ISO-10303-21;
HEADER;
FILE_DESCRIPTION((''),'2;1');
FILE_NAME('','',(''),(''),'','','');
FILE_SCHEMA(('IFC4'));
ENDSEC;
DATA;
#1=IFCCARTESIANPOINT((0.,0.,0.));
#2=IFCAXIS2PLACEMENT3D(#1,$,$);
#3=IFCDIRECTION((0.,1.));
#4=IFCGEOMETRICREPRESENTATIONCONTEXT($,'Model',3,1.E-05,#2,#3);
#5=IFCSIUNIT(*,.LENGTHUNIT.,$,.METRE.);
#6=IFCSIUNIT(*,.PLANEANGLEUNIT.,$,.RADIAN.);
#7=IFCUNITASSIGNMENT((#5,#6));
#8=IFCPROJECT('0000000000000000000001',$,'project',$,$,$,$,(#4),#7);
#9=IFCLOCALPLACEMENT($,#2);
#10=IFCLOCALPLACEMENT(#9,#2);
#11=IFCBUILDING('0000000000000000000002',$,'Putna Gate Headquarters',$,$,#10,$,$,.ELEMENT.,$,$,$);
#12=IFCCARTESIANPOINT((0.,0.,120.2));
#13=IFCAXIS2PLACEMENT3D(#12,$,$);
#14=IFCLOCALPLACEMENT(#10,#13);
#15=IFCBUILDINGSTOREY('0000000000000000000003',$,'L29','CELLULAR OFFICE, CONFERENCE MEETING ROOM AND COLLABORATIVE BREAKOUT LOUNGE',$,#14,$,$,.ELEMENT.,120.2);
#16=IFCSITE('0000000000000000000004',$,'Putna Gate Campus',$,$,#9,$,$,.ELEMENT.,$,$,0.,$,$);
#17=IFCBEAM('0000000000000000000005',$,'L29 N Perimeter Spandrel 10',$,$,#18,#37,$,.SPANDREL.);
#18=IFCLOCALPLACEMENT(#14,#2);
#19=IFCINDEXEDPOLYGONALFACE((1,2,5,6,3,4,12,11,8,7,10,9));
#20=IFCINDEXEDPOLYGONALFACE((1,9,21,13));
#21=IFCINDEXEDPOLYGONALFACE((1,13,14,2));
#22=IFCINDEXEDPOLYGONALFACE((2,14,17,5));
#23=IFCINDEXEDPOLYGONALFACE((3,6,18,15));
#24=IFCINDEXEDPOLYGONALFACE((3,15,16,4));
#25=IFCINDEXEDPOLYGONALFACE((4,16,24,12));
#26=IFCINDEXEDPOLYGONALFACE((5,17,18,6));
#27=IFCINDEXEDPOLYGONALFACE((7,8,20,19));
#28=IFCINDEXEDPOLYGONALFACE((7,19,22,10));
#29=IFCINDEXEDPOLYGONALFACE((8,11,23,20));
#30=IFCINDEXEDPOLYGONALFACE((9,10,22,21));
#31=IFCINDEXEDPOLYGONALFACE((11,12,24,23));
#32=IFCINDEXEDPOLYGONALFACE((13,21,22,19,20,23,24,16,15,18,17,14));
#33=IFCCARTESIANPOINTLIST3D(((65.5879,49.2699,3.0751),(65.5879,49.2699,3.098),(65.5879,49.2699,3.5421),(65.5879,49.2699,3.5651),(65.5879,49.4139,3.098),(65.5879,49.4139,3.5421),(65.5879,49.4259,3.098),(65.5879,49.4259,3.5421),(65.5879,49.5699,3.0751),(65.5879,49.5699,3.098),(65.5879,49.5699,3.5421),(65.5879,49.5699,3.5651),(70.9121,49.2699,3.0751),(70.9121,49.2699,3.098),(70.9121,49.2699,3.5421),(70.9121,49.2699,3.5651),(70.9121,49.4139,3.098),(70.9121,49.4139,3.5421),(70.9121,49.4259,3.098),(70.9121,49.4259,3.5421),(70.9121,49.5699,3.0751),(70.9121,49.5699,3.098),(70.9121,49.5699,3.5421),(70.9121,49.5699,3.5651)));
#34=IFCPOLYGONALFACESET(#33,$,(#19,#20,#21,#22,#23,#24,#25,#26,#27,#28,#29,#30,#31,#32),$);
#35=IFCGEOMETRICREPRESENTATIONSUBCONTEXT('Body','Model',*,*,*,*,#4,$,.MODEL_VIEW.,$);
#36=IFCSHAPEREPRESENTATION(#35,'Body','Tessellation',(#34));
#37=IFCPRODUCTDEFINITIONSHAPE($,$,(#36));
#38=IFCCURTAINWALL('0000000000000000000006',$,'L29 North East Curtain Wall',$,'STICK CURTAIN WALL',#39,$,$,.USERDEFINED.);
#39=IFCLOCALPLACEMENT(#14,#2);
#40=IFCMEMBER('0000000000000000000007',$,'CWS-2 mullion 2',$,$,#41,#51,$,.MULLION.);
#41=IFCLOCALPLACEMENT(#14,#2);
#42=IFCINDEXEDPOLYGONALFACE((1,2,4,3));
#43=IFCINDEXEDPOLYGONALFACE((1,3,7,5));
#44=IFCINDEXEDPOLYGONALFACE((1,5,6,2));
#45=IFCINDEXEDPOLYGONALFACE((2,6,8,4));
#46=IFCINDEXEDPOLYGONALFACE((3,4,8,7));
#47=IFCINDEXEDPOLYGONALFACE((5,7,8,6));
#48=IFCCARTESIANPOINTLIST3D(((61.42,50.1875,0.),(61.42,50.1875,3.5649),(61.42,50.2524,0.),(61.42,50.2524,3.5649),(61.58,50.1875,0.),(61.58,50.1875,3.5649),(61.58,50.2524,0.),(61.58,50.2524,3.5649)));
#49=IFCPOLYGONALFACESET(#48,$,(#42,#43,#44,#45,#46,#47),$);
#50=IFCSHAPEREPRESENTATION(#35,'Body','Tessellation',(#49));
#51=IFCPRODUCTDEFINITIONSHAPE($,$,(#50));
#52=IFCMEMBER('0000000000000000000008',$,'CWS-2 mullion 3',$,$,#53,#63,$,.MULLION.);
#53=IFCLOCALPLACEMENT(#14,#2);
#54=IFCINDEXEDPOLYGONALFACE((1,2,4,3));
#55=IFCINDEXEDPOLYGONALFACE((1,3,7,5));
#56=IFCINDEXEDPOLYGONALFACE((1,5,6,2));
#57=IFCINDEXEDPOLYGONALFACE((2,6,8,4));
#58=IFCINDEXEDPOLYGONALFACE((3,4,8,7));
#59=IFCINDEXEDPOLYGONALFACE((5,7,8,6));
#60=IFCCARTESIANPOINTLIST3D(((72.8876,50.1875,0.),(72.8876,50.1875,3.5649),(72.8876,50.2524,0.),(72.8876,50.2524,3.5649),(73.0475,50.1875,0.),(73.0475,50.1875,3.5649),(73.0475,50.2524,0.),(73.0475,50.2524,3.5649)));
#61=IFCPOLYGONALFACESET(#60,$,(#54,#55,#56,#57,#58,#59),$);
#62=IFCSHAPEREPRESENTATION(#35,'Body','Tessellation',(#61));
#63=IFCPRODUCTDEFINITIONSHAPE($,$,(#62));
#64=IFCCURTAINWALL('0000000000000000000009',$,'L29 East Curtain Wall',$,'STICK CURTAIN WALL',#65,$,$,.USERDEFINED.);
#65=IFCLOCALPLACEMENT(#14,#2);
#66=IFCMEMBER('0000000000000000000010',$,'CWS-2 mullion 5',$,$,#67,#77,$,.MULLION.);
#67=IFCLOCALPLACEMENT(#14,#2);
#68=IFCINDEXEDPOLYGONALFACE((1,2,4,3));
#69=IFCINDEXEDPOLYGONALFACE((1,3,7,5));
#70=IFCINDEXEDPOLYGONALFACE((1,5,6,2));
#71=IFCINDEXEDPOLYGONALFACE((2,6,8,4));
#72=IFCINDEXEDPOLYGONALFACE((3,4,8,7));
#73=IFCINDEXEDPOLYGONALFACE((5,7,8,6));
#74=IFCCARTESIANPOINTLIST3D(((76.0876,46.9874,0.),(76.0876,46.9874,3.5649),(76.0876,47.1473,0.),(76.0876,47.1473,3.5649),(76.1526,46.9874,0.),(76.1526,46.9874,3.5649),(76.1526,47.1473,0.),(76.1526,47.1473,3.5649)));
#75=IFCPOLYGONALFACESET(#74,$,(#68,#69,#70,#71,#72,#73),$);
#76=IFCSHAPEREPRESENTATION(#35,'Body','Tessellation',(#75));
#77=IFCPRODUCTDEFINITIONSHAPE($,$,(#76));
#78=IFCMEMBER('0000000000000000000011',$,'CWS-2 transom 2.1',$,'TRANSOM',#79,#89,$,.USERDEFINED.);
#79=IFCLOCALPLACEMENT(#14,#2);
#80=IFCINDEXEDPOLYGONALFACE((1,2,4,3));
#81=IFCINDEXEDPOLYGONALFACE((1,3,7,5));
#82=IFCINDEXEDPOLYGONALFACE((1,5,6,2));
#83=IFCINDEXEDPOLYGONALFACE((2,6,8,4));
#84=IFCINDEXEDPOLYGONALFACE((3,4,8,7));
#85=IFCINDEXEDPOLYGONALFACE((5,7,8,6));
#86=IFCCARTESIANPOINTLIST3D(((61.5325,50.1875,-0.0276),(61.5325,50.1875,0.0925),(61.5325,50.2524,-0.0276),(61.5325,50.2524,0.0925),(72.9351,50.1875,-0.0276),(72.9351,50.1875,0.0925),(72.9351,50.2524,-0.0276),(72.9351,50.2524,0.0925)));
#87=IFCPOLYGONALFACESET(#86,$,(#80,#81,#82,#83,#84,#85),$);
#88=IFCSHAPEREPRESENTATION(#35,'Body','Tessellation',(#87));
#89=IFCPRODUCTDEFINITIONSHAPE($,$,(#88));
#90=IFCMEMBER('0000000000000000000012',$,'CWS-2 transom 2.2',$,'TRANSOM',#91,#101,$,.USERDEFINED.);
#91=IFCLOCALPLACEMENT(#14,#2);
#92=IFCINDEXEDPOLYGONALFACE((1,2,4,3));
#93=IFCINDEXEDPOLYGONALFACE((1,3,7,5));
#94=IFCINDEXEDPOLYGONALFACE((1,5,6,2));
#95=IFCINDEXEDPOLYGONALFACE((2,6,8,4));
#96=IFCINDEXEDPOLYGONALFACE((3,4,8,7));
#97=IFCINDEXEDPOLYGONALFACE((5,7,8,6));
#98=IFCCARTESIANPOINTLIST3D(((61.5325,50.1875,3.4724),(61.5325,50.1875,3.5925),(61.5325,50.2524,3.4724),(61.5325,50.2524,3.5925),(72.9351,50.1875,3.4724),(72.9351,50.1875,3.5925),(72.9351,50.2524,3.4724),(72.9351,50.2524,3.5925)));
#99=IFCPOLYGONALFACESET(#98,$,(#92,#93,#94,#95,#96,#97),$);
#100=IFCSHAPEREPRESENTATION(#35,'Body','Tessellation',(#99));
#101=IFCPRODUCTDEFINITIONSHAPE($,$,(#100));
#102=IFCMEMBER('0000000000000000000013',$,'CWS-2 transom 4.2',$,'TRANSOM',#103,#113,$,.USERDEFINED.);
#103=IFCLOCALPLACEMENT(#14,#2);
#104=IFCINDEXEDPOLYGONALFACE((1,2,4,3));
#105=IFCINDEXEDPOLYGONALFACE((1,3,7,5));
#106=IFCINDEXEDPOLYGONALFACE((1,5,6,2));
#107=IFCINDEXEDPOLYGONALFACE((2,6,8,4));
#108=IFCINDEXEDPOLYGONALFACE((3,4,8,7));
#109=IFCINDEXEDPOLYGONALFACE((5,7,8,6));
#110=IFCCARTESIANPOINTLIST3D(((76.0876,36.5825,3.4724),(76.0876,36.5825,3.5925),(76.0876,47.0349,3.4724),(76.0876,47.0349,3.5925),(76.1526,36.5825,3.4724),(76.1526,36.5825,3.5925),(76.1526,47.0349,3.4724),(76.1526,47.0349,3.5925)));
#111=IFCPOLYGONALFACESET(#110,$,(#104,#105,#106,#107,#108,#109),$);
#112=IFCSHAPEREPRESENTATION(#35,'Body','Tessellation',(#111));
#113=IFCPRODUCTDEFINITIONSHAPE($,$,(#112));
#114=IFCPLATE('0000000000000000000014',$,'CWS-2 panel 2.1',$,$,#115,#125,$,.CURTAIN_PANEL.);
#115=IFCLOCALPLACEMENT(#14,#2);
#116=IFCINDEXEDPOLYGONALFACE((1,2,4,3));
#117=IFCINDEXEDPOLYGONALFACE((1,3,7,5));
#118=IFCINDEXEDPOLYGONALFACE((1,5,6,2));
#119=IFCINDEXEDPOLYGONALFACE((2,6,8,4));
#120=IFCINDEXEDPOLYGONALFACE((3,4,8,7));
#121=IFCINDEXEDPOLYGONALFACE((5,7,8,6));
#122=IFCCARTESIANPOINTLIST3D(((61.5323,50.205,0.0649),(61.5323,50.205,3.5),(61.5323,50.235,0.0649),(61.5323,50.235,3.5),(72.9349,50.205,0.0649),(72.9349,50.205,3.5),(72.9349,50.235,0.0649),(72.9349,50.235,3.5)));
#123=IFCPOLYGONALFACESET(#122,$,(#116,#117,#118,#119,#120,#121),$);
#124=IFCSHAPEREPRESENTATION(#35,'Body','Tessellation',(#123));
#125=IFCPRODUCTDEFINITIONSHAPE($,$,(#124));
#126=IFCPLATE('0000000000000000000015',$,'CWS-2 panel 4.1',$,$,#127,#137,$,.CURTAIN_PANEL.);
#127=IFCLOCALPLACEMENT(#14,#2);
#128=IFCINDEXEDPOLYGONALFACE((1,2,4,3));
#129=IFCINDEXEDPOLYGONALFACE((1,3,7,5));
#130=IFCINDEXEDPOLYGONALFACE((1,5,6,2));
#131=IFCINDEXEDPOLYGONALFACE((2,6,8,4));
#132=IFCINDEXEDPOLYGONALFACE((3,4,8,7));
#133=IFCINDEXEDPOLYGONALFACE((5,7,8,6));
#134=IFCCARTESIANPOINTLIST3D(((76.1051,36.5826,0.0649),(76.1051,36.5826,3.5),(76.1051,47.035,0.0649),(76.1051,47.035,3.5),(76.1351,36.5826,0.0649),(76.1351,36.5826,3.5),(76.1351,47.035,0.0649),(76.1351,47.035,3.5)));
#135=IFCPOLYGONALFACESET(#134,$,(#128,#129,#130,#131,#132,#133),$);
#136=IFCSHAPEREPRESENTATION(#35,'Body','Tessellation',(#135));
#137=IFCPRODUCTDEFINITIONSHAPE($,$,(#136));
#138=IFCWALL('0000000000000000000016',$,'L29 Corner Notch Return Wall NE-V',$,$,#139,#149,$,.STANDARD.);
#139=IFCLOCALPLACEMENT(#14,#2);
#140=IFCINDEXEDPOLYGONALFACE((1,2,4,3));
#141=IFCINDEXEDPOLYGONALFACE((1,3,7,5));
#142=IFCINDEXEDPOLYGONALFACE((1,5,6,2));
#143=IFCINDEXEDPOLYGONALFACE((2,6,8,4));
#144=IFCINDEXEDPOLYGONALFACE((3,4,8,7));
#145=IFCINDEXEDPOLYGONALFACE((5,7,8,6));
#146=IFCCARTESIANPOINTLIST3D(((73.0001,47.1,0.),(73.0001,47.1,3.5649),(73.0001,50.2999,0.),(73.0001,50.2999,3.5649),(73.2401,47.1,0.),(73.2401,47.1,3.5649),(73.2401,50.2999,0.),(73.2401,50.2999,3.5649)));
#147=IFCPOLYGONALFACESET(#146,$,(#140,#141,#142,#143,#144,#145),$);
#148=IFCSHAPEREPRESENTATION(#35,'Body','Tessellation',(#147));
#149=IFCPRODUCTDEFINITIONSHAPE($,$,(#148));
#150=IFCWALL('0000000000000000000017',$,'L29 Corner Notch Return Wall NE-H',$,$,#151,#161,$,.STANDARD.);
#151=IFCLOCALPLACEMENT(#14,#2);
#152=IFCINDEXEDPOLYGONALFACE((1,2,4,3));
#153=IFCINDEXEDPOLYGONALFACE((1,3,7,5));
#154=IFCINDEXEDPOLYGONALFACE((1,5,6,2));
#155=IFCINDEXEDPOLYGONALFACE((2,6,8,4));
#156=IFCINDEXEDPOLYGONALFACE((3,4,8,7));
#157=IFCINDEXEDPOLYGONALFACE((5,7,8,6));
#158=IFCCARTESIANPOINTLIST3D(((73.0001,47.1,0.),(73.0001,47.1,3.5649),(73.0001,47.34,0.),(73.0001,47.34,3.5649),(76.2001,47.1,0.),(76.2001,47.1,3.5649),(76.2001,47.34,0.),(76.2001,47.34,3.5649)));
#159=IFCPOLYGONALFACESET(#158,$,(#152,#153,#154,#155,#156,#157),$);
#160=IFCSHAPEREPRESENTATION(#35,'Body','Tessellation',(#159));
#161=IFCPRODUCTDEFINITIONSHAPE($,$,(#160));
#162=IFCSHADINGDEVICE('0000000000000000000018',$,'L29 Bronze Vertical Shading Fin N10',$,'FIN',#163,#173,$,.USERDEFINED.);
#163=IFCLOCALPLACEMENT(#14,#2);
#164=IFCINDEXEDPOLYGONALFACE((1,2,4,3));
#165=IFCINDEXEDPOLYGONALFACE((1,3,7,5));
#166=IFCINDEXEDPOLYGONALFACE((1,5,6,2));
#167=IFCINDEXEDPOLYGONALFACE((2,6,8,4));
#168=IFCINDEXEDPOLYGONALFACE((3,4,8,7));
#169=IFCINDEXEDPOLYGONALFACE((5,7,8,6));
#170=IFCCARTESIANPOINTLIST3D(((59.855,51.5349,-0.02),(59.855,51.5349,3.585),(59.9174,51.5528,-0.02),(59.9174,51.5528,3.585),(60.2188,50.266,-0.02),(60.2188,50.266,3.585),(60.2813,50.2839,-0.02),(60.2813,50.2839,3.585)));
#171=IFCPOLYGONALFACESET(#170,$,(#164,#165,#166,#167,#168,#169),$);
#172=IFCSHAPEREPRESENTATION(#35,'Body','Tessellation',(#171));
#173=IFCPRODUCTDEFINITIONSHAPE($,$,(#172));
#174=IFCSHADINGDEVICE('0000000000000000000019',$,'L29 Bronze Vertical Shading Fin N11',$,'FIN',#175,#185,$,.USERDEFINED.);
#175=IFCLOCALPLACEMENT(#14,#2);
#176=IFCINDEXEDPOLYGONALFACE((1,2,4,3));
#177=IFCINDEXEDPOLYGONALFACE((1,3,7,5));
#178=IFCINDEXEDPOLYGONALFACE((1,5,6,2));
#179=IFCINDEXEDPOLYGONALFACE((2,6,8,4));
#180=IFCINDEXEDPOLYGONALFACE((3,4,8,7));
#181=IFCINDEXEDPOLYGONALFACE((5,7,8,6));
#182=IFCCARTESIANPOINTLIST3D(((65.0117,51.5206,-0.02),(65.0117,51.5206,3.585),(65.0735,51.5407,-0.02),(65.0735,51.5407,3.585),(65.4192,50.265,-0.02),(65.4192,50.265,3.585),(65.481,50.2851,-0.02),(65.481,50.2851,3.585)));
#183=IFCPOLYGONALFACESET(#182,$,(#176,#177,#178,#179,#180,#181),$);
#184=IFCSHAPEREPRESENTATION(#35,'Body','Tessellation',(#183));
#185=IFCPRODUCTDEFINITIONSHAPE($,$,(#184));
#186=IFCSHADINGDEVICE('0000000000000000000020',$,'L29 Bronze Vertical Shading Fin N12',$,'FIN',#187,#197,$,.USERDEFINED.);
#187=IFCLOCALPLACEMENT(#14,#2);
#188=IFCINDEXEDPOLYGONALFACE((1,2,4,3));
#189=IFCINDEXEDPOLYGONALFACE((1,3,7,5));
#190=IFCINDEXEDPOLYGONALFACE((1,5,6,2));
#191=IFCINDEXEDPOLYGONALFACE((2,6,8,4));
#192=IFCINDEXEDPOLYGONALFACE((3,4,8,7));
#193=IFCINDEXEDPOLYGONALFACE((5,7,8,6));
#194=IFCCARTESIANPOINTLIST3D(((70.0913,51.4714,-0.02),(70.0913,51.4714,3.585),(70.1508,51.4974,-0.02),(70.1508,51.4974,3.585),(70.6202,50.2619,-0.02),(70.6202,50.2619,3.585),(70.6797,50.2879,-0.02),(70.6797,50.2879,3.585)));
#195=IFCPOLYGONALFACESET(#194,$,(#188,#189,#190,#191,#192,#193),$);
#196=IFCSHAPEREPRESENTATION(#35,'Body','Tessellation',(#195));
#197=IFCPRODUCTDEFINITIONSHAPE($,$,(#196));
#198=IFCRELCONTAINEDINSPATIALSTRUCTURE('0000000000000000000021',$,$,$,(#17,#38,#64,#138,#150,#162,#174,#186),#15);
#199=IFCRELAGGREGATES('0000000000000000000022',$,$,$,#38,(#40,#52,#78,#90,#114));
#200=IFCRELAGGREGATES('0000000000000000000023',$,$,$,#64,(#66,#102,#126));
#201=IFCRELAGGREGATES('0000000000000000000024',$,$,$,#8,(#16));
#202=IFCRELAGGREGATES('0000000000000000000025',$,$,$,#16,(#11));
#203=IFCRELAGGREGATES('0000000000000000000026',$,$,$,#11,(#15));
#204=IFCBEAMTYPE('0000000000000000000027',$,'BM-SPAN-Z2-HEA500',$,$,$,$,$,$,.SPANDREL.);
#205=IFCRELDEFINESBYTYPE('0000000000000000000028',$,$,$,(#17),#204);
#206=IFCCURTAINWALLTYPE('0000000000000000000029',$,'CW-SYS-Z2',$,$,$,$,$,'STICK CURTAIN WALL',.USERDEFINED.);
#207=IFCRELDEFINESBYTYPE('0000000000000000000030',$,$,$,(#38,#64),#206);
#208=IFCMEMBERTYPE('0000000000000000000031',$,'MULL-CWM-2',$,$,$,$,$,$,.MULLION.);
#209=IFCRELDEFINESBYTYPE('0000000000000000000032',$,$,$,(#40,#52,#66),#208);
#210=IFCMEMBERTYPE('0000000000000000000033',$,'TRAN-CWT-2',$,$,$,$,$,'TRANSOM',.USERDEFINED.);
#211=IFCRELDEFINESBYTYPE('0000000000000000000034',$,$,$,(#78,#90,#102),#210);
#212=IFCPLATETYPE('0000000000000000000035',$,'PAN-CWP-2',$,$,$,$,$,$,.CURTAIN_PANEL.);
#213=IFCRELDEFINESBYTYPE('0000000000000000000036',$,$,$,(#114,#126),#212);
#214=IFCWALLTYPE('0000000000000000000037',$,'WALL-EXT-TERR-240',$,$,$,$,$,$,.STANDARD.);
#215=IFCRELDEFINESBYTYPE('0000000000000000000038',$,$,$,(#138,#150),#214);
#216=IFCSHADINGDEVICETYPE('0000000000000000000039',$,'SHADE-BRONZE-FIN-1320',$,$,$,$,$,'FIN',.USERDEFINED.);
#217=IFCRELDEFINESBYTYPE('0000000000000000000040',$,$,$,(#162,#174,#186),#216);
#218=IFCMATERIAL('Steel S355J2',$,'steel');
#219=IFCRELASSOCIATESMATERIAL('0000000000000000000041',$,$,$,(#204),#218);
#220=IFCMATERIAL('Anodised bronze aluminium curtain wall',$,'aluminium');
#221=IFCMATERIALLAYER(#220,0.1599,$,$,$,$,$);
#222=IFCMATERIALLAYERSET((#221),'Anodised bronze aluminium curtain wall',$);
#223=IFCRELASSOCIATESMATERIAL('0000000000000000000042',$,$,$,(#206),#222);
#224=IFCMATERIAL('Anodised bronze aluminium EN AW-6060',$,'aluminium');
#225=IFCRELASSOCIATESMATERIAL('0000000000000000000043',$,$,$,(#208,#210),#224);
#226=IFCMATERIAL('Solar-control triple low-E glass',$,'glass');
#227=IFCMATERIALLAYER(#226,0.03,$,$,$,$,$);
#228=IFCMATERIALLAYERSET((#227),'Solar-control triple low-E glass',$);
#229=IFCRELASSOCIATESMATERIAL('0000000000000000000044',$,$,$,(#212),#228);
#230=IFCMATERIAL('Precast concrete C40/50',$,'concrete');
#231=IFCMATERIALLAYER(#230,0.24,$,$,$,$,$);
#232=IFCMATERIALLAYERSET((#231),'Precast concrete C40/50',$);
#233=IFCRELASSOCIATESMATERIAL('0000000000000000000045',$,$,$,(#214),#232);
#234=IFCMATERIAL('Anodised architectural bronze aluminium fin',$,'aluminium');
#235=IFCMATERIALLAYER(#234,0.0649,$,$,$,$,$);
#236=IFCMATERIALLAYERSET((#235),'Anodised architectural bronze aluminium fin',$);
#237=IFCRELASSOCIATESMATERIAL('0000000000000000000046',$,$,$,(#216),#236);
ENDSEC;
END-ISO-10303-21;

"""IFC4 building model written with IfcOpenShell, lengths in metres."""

from ifc_helpers import new_model, si_unit, direction, frame, frame_2d, origin, origin_2d, place, context, subcontext, project, spatial, rectangle, i_section, extrude, material, layer, layer_set, material_profile, profile_set, type_object, element, aggregate, save


model = new_model("IFC4")

# Units and contexts
model_context = context("Model", 3, precision=1e-05, world=origin(), true_north=direction((0.0, 1.0)))
body_context = subcontext(model_context, "Body", "Model", "MODEL_VIEW")
ifc_project = project(units=[si_unit("LENGTHUNIT", "METRE"), si_unit("PLANEANGLEUNIT", "RADIAN")], contexts=[model_context])

# Site, building, storey
site_placement = place(None, origin())
site = spatial("IfcSite", under=ifc_project, at=site_placement, Name="Putna Gate Campus", CompositionType="ELEMENT", RefElevation=0.0)
building_placement = place(site_placement, origin())
building = spatial("IfcBuilding", under=site, at=building_placement, Name="Putna Gate Headquarters", CompositionType="ELEMENT")
storey_placement = place(building_placement, frame((0.0, 0.0, 120.2)))
storey = spatial("IfcBuildingStorey", under=building, at=storey_placement, Name="L29", Description="CELLULAR OFFICE, CONFERENCE MEETING ROOM AND COLLABORATIVE BREAKOUT LOUNGE", CompositionType="ELEMENT", Elevation=120.2)

# Beam
ifc_material_1 = material(Name="Steel S355J2", Category="steel")
ifc_material_profile_1 = material_profile(ifc_material_1, i_section(OverallWidth=0.3, OverallDepth=0.49, WebThickness=0.012, FlangeThickness=0.0229, at=origin_2d()), Name="Steel S355J2")
ifc_profile_set_1 = profile_set([ifc_material_profile_1], Name="Steel S355J2")
beam_type_1 = type_object("IfcBeamType", Name="BM-SPAN-Z2-HEA500", PredefinedType="SPANDREL", material=ifc_profile_set_1)
for number, where, z_axis, x_axis, name in (
    (1, (65.5879, 49.4199, 3.3201), (1.0, 0.0, 0.0), (0.0, 1.0, 0.0), "L29 N Perimeter Spandrel 10"),
):
    element("IfcBeam", number, at=place(storey_placement, frame(where, z_axis=z_axis, x_axis=x_axis)), inside=storey, type_object=beam_type_1, Name=name, PredefinedType="SPANDREL", context=body_context, shape_type="SweptSolid", body=[
        extrude(i_section(OverallWidth=0.3, OverallDepth=0.49, WebThickness=0.012, FlangeThickness=0.0229, at=origin_2d()), origin(), (0.0, 0.0, 1.0), 5.3242),
    ])

# Curtain wall, members
ifc_material_2 = material(Name="Anodised bronze aluminium curtain wall", Category="aluminium")
ifc_layer_1 = layer(ifc_material_2, 0.1599)
ifc_layer_set_1 = layer_set([ifc_layer_1], Name="Anodised bronze aluminium curtain wall")
curtain_wall_type = type_object("IfcCurtainWallType", Name="CW-SYS-Z2", ElementType="STICK CURTAIN WALL", PredefinedType="USERDEFINED", material=ifc_layer_set_1)
curtain_wall_1_placement = place(storey_placement, origin())
curtain_wall_1 = element("IfcCurtainWall", 2, at=curtain_wall_1_placement, inside=storey, type_object=curtain_wall_type, Name="L29 North East Curtain Wall", ObjectType="STICK CURTAIN WALL", PredefinedType="USERDEFINED")
ifc_material_3 = material(Name="Anodised bronze aluminium EN AW-6060", Category="aluminium")
ifc_material_profile_2 = material_profile(ifc_material_3, rectangle(XDim=0.0649, YDim=0.1599, at=origin_2d()), Name="Anodised bronze aluminium EN AW-6060")
ifc_profile_set_2 = profile_set([ifc_material_profile_2], Name="Anodised bronze aluminium EN AW-6060")
member_type_1 = type_object("IfcMemberType", Name="MULL-CWM-2", PredefinedType="MULLION", material=ifc_profile_set_2)
member_1_placement = place(storey_placement, frame((61.5, 50.22, 0.0), z_axis=(0.0, 0.0, 1.0), x_axis=(0.0, 1.0, 0.0)))
member_1 = element("IfcMember", 3, at=member_1_placement, type_object=member_type_1, Name="CWS-2 mullion 2", PredefinedType="MULLION", context=body_context, shape_type="SweptSolid", body=[
    extrude(rectangle(XDim=0.0649, YDim=0.1599, at=origin_2d()), origin(), (0.0, 0.0, 1.0), 3.5649),
])
member_2_placement = place(storey_placement, frame((72.9675, 50.22, 0.0), z_axis=(0.0, 0.0, 1.0), x_axis=(0.0, 1.0, 0.0)))
member_2 = element("IfcMember", 4, at=member_2_placement, type_object=member_type_1, Name="CWS-2 mullion 3", PredefinedType="MULLION", context=body_context, shape_type="SweptSolid", body=[
    extrude(rectangle(XDim=0.0649, YDim=0.1599, at=origin_2d()), origin(), (0.0, 0.0, 1.0), 3.5649),
])

# Curtain wall, member
curtain_wall_2_placement = place(storey_placement, origin())
curtain_wall_2 = element("IfcCurtainWall", 5, at=curtain_wall_2_placement, inside=storey, type_object=curtain_wall_type, Name="L29 East Curtain Wall", ObjectType="STICK CURTAIN WALL", PredefinedType="USERDEFINED")
member_3_placement = place(storey_placement, frame((76.1201, 47.0674, 0.0), z_axis=(0.0, 0.0, 1.0), x_axis=(-1.0, 0.0, 0.0)))
member_3 = element("IfcMember", 6, at=member_3_placement, type_object=member_type_1, Name="CWS-2 mullion 5", PredefinedType="MULLION", context=body_context, shape_type="SweptSolid", body=[
    extrude(rectangle(XDim=0.0649, YDim=0.1599, at=origin_2d()), origin(), (0.0, 0.0, 1.0), 3.5649),
])

# Members
ifc_material_profile_3 = material_profile(ifc_material_3, rectangle(XDim=0.0649, YDim=0.1201, at=origin_2d()), Name="Anodised bronze aluminium EN AW-6060")
ifc_profile_set_3 = profile_set([ifc_material_profile_3], Name="Anodised bronze aluminium EN AW-6060")
member_type_2 = type_object("IfcMemberType", Name="TRAN-CWT-2", ElementType="TRANSOM", PredefinedType="USERDEFINED", material=ifc_profile_set_3)
member_4_placement = place(storey_placement, frame((61.5325, 50.22, 0.0325), z_axis=(1.0, 0.0, 0.0), x_axis=(0.0, 1.0, 0.0)))
member_4 = element("IfcMember", 7, at=member_4_placement, type_object=member_type_2, Name="CWS-2 transom 2.1", ObjectType="TRANSOM", PredefinedType="USERDEFINED", context=body_context, shape_type="SweptSolid", body=[
    extrude(rectangle(XDim=0.0649, YDim=0.1201, at=origin_2d()), origin(), (0.0, 0.0, 1.0), 11.4026),
])
member_5_placement = place(storey_placement, frame((61.5325, 50.22, 3.5325), z_axis=(1.0, 0.0, 0.0), x_axis=(0.0, 1.0, 0.0)))
member_5 = element("IfcMember", 8, at=member_5_placement, type_object=member_type_2, Name="CWS-2 transom 2.2", ObjectType="TRANSOM", PredefinedType="USERDEFINED", context=body_context, shape_type="SweptSolid", body=[
    extrude(rectangle(XDim=0.0649, YDim=0.1201, at=origin_2d()), origin(), (0.0, 0.0, 1.0), 11.4026),
])
member_6_placement = place(storey_placement, frame((76.1201, 36.5825, 3.5325), z_axis=(0.0, 1.0, 0.0), x_axis=(-1.0, 0.0, 0.0)))
member_6 = element("IfcMember", 9, at=member_6_placement, type_object=member_type_2, Name="CWS-2 transom 4.2", ObjectType="TRANSOM", PredefinedType="USERDEFINED", context=body_context, shape_type="SweptSolid", body=[
    extrude(rectangle(XDim=0.0649, YDim=0.1201, at=origin_2d()), origin(), (0.0, 0.0, 1.0), 10.4524),
])

# Plates
ifc_material_4 = material(Name="Solar-control triple low-E glass", Category="glass")
ifc_layer_2 = layer(ifc_material_4, 0.03)
ifc_layer_set_2 = layer_set([ifc_layer_2], Name="Solar-control triple low-E glass")
plate_type = type_object("IfcPlateType", Name="PAN-CWP-2", PredefinedType="CURTAIN_PANEL", material=ifc_layer_set_2)
plate_1_placement = place(storey_placement, frame((67.2336, 50.22, 0.0649), z_axis=(0.0, 0.0, 1.0), x_axis=(1.0, 0.0, 0.0)))
plate_1 = element("IfcPlate", 10, at=plate_1_placement, type_object=plate_type, Name="CWS-2 panel 2.1", PredefinedType="CURTAIN_PANEL", context=body_context, shape_type="SweptSolid", body=[
    extrude(rectangle(XDim=11.4026, YDim=0.03, at=origin_2d()), origin(), (0.0, 0.0, 1.0), 3.4351),
])
aggregate(curtain_wall_1, [member_1, member_2, member_4, member_5, plate_1])
plate_2_placement = place(storey_placement, frame((76.1201, 41.8088, 0.0649), z_axis=(0.0, 0.0, 1.0), x_axis=(0.0, 1.0, 0.0)))
plate_2 = element("IfcPlate", 11, at=plate_2_placement, type_object=plate_type, Name="CWS-2 panel 4.1", PredefinedType="CURTAIN_PANEL", context=body_context, shape_type="SweptSolid", body=[
    extrude(rectangle(XDim=10.4524, YDim=0.03, at=origin_2d()), origin(), (0.0, 0.0, 1.0), 3.4351),
])
aggregate(curtain_wall_2, [member_3, member_6, plate_2])

# Walls
ifc_material_5 = material(Name="Precast concrete C40/50", Category="concrete")
ifc_layer_3 = layer(ifc_material_5, 0.24)
ifc_layer_set_3 = layer_set([ifc_layer_3], Name="Precast concrete C40/50")
wall_type = type_object("IfcWallType", Name="WALL-EXT-TERR-240", PredefinedType="STANDARD", material=ifc_layer_set_3)
for number, where, z_axis, x_axis, name in (
    (12, (73.1201, 50.3, 0.0), (0.0, 0.0, 1.0), (0.0, -1.0, 0.0), "L29 Corner Notch Return Wall NE-V"),
    (13, (73.0, 47.22, 0.0), (0.0, 0.0, 1.0), (1.0, 0.0, 0.0), "L29 Corner Notch Return Wall NE-H"),
):
    element("IfcWall", number, at=place(storey_placement, frame(where, z_axis=z_axis, x_axis=x_axis)), inside=storey, type_object=wall_type, Name=name, PredefinedType="STANDARD", context=body_context, shape_type="SweptSolid", body=[
        extrude(rectangle(XDim=3.2, YDim=0.24, at=frame_2d((1.6001, 0.0))), origin(), (0.0, 0.0, 1.0), 3.5649),
    ])

# Shading devices
ifc_material_6 = material(Name="Anodised architectural bronze aluminium fin", Category="aluminium")
ifc_layer_4 = layer(ifc_material_6, 0.0649)
ifc_layer_set_4 = layer_set([ifc_layer_4], Name="Anodised architectural bronze aluminium fin")
shading_device_type = type_object("IfcShadingDeviceType", Name="SHADE-BRONZE-FIN-1320", ElementType="FIN", PredefinedType="USERDEFINED", material=ifc_layer_set_4)
for number, where, z_axis, x_axis, name in (
    (14, (60.0681, 50.9094, -0.02), (0.0, 0.0, 1.0), (-0.275637, 0.961262, 0.0), "L29 Bronze Vertical Shading Fin N10"),
    (15, (65.2463, 50.9028, -0.02), (0.0, 0.0, 1.0), (-0.308685, 0.951164, 0.0), "L29 Bronze Vertical Shading Fin N11"),
    (16, (70.3855, 50.8796, -0.02), (0.0, 0.0, 1.0), (-0.400669, 0.916223, 0.0), "L29 Bronze Vertical Shading Fin N12"),
):
    element("IfcShadingDevice", number, at=place(storey_placement, frame(where, z_axis=z_axis, x_axis=x_axis)), inside=storey, type_object=shading_device_type, Name=name, ObjectType="FIN", PredefinedType="USERDEFINED", context=body_context, shape_type="SweptSolid", body=[
        extrude(rectangle(XDim=1.3201, YDim=0.0649, at=origin_2d()), origin(), (0.0, 0.0, 1.0), 3.605),
    ])

save(model, "model.ifc")
